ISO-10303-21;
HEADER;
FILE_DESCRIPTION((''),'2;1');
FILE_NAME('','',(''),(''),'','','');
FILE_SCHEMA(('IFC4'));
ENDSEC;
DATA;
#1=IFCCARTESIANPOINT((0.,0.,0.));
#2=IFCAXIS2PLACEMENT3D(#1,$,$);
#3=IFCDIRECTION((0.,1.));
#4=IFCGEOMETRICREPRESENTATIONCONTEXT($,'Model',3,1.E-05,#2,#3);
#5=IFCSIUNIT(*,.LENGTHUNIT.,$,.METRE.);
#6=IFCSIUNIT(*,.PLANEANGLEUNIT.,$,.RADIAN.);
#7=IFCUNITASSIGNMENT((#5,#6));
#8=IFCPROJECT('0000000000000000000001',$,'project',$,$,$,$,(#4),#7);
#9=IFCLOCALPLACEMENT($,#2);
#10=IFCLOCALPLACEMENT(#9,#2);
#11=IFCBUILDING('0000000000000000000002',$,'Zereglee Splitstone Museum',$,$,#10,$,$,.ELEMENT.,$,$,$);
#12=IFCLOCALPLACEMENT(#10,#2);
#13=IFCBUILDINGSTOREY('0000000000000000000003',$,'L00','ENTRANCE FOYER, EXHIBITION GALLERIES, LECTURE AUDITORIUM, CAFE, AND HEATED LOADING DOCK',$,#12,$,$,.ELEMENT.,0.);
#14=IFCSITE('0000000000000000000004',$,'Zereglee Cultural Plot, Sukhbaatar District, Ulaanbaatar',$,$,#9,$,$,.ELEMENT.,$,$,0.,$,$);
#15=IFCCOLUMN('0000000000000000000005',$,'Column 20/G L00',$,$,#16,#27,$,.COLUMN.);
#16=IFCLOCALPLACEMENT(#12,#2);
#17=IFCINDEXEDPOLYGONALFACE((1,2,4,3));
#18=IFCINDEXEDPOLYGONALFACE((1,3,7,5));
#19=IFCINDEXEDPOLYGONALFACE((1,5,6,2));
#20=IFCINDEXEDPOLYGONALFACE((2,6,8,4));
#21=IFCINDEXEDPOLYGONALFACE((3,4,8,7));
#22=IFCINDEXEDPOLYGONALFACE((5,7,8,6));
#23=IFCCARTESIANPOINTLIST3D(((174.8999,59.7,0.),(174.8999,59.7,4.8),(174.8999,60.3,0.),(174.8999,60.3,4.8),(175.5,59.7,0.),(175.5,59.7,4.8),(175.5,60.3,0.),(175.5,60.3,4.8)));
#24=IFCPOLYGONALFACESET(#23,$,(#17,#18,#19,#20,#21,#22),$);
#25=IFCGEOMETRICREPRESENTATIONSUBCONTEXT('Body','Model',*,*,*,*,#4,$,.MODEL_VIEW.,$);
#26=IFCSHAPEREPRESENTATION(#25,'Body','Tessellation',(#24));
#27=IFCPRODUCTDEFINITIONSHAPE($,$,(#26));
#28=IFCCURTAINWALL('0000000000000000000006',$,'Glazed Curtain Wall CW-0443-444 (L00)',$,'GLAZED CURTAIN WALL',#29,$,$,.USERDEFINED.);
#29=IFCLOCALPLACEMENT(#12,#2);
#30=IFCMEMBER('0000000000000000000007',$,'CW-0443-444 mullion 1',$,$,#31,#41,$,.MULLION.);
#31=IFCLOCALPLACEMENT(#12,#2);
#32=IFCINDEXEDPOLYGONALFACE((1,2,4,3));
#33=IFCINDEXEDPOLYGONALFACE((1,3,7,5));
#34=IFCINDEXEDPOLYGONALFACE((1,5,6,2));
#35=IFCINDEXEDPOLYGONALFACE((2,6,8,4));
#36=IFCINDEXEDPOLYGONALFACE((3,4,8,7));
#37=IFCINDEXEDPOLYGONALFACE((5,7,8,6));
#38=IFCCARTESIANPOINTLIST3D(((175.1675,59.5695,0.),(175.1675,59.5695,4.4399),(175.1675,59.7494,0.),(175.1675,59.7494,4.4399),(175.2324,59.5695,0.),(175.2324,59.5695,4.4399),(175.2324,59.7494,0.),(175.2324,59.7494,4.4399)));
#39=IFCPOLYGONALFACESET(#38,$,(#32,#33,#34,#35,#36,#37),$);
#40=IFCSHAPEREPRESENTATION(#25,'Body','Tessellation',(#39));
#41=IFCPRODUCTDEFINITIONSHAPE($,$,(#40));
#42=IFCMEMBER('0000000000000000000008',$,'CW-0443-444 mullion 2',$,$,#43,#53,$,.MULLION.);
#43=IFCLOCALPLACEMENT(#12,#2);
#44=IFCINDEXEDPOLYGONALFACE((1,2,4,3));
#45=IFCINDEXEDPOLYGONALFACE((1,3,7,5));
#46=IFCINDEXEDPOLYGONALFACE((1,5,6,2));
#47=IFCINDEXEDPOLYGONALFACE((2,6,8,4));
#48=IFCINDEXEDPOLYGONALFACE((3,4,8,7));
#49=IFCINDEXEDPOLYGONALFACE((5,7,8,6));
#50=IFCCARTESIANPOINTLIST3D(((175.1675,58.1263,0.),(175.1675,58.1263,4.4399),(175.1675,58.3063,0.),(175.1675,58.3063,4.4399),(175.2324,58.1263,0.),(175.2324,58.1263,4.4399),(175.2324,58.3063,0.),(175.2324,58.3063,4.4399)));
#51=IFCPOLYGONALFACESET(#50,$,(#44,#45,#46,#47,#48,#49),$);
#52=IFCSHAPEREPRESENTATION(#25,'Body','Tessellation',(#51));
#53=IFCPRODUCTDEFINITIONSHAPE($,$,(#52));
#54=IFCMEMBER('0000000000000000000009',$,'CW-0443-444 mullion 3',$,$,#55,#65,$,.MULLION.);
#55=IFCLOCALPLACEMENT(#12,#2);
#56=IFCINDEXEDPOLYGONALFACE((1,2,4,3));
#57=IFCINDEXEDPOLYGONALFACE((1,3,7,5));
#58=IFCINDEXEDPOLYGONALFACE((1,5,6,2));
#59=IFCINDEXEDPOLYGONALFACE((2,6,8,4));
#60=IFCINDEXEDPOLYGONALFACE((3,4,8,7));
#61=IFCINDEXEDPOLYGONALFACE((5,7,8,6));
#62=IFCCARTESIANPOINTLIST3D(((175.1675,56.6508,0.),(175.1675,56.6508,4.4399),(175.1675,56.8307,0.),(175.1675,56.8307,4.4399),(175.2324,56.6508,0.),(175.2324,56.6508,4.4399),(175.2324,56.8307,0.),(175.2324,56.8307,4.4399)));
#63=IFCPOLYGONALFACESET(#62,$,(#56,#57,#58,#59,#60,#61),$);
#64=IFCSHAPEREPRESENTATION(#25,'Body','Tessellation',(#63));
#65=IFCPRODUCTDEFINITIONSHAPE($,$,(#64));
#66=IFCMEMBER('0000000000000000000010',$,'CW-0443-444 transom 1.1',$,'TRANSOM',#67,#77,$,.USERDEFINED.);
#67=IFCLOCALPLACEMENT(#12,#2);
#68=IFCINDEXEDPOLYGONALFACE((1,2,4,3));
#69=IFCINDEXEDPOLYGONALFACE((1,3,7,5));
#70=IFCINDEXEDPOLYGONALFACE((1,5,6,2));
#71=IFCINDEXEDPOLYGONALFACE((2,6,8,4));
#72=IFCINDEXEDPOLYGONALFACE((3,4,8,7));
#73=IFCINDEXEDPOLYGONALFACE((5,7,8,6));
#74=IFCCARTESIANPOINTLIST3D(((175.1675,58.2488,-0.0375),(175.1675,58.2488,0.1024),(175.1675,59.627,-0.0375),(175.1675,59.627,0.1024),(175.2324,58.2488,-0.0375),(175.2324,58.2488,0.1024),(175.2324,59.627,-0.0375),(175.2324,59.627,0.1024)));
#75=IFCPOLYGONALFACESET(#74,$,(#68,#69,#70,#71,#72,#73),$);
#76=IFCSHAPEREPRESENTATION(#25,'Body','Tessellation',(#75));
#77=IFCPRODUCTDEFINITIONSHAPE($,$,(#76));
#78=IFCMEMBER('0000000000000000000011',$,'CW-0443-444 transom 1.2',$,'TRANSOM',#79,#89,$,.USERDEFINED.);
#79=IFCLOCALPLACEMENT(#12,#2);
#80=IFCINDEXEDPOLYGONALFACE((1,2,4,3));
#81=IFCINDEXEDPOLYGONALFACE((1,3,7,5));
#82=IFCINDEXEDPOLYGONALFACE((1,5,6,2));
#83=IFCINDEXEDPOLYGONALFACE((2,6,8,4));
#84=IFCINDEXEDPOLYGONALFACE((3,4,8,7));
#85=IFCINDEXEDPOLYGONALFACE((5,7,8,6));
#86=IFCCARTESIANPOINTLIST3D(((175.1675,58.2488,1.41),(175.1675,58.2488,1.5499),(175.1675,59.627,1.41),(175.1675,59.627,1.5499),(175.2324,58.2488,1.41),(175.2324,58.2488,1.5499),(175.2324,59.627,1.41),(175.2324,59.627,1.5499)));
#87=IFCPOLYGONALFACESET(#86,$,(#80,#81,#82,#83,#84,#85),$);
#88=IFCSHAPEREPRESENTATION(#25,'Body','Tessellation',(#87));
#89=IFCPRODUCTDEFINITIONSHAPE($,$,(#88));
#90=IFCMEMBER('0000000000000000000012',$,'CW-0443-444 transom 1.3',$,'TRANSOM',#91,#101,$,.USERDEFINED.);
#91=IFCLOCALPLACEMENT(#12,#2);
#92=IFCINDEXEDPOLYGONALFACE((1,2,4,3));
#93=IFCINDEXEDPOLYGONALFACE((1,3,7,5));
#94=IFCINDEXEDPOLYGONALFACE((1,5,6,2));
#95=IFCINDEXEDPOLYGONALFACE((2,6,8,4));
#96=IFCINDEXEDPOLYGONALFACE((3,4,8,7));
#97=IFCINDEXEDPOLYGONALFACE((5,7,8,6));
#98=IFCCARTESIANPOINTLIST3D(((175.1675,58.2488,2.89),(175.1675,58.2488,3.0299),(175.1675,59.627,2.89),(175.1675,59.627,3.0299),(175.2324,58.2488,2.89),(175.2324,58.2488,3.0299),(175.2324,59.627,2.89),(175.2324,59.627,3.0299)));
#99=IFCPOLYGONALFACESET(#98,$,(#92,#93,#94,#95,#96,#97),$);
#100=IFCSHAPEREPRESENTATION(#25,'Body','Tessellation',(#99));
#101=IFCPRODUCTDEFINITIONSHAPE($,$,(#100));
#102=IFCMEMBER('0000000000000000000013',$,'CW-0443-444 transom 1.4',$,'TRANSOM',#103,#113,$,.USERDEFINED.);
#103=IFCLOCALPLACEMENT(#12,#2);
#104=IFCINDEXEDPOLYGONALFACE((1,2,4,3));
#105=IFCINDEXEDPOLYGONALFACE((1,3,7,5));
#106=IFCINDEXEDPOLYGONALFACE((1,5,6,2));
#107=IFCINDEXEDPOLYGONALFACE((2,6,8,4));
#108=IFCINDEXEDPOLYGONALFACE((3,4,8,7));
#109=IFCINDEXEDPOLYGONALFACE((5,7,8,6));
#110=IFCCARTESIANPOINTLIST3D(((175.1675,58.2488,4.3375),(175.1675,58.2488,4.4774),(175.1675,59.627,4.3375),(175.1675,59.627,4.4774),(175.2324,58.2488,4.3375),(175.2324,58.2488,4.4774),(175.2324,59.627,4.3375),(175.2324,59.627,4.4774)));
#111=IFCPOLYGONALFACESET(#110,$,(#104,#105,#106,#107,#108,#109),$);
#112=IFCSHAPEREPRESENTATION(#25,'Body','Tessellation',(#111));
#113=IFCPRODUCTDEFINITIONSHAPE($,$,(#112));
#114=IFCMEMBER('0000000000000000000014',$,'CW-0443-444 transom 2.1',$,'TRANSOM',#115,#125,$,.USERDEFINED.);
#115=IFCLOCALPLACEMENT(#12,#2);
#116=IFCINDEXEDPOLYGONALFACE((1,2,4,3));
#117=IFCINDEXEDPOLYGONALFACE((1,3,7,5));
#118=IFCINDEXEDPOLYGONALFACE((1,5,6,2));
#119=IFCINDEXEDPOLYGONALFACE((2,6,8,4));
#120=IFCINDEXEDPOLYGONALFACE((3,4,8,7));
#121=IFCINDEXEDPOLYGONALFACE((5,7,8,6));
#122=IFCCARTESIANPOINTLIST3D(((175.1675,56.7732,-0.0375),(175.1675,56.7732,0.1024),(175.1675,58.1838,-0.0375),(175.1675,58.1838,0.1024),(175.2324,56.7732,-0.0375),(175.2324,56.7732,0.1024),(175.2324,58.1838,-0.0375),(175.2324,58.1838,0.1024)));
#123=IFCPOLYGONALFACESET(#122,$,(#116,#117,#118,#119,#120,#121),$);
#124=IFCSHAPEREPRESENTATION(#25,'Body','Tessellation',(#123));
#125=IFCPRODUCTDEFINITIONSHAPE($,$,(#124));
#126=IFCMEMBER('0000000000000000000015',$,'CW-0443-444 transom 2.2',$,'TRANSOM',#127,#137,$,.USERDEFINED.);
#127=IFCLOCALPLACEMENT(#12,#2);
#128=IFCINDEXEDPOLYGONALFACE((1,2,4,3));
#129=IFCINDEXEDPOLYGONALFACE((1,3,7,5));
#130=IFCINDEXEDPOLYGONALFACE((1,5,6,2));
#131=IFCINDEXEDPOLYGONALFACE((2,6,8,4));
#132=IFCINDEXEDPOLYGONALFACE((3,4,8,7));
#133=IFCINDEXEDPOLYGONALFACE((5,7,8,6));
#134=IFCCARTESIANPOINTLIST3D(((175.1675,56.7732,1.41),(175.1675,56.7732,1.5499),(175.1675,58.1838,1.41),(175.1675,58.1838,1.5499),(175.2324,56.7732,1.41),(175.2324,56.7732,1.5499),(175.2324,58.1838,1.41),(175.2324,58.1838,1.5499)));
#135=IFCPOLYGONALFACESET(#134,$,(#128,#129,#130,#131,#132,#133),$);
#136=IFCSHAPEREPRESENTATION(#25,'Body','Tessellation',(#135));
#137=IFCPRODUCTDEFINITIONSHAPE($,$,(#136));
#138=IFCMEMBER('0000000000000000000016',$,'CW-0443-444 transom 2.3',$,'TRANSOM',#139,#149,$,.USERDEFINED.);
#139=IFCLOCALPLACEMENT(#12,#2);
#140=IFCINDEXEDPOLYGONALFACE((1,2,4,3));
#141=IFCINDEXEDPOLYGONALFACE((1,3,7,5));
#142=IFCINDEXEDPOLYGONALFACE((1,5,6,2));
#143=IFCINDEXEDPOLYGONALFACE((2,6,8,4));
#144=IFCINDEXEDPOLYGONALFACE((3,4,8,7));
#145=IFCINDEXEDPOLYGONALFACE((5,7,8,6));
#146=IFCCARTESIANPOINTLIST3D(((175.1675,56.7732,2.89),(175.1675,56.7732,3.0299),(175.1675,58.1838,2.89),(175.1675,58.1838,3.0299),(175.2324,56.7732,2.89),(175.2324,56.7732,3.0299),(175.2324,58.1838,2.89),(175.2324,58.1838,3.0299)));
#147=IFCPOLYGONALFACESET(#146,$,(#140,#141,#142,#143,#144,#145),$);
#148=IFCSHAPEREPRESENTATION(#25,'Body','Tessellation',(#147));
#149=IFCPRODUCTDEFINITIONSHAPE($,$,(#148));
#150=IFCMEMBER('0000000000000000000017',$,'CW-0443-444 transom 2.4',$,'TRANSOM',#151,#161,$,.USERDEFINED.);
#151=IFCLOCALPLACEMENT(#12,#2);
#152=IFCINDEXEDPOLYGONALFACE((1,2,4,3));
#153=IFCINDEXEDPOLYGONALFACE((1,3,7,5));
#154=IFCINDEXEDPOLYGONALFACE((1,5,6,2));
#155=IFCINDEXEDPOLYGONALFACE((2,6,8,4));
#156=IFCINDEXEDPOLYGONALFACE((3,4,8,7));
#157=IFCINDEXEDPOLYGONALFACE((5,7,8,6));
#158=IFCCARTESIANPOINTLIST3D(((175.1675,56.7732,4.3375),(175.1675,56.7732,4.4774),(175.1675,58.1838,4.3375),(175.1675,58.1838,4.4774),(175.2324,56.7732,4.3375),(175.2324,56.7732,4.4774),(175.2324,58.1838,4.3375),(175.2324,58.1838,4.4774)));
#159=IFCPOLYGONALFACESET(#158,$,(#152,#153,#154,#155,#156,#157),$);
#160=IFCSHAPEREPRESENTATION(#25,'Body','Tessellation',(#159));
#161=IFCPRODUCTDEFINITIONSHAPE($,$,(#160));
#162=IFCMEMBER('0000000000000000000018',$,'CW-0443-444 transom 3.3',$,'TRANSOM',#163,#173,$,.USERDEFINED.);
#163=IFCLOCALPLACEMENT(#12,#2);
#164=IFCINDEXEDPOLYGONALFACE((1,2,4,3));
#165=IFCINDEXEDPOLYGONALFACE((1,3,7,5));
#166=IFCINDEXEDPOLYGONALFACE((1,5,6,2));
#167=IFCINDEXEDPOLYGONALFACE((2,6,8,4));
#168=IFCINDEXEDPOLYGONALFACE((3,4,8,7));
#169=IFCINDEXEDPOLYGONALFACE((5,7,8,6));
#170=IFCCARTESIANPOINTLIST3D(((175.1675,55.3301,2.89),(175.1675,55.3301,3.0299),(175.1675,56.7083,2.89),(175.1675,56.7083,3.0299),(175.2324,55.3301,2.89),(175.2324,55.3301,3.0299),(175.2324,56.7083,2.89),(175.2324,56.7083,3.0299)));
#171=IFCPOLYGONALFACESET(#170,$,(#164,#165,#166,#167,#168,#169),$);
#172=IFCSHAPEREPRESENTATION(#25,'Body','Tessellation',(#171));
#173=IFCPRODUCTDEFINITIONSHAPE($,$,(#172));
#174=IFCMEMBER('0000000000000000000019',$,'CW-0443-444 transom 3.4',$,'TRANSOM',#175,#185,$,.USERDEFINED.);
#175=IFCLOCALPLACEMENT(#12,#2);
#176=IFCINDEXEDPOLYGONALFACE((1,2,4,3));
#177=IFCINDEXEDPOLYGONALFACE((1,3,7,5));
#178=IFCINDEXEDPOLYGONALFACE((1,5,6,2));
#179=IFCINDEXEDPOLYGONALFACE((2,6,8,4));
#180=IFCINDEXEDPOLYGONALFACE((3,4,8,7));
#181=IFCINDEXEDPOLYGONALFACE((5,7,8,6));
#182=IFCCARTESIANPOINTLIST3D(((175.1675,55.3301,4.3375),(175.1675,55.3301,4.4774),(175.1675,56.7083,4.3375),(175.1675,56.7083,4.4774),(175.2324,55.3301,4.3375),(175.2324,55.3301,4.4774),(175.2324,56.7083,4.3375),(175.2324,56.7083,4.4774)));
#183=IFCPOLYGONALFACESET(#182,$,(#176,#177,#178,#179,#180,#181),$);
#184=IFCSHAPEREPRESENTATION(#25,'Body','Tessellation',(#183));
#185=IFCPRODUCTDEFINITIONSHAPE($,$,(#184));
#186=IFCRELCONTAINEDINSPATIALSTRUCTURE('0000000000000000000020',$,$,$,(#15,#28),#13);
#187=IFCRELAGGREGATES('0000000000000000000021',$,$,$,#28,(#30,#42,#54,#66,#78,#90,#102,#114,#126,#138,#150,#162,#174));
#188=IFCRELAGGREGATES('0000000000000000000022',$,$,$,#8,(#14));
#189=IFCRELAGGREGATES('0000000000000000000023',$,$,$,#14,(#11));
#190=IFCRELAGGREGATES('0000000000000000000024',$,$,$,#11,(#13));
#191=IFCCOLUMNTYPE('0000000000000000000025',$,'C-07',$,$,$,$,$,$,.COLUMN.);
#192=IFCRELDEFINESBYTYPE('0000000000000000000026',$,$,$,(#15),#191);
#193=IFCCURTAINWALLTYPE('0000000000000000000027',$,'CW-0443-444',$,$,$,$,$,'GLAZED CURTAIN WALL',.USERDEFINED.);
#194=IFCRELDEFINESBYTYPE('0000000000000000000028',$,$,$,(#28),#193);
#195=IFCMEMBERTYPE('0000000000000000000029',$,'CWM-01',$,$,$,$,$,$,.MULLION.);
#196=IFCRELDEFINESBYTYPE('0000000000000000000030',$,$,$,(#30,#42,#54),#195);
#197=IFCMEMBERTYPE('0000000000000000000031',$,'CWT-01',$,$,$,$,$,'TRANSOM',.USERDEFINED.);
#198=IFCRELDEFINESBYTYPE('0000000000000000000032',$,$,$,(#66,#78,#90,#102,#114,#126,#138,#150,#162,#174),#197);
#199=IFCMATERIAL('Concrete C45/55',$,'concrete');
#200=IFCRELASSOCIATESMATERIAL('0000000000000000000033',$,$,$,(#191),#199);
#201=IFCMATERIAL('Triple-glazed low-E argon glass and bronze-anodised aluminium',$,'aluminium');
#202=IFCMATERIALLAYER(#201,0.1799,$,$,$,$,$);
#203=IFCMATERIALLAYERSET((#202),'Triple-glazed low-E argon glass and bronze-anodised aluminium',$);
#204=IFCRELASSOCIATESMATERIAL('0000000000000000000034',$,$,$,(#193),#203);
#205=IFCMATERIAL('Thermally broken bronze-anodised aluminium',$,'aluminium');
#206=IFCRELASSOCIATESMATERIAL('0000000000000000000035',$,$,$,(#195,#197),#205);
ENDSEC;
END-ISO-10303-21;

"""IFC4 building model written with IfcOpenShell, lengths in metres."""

from ifc_helpers import new_model, si_unit, direction, frame, origin, origin_2d, place, context, subcontext, project, spatial, rectangle, extrude, material, layer, layer_set, material_profile, profile_set, type_object, element, aggregate, save


model = new_model("IFC4")

# Units and contexts
model_context = context("Model", 3, precision=1e-05, world=origin(), true_north=direction((0.0, 1.0)))
body_context = subcontext(model_context, "Body", "Model", "MODEL_VIEW")
ifc_project = project(units=[si_unit("LENGTHUNIT", "METRE"), si_unit("PLANEANGLEUNIT", "RADIAN")], contexts=[model_context])

# Site, building, storey
site_placement = place(None, origin())
site = spatial("IfcSite", under=ifc_project, at=site_placement, Name="Zereglee Cultural Plot, Sukhbaatar District, Ulaanbaatar", CompositionType="ELEMENT", RefElevation=0.0)
building_placement = place(site_placement, origin())
building = spatial("IfcBuilding", under=site, at=building_placement, Name="Zereglee Splitstone Museum", CompositionType="ELEMENT")
storey_placement = place(building_placement, origin())
storey = spatial("IfcBuildingStorey", under=building, at=storey_placement, Name="L00", Description="ENTRANCE FOYER, EXHIBITION GALLERIES, LECTURE AUDITORIUM, CAFE, AND HEATED LOADING DOCK", CompositionType="ELEMENT", Elevation=0.0)

# Column
ifc_material_1 = material(Name="Concrete C45/55", Category="concrete")
ifc_material_profile_1 = material_profile(ifc_material_1, rectangle(XDim=0.6001, YDim=0.6001, at=origin_2d()), Name="RC 600x600")
ifc_profile_set_1 = profile_set([ifc_material_profile_1], Name="Concrete C45/55")
column_type = type_object("IfcColumnType", Name="C-07", PredefinedType="COLUMN", material=ifc_profile_set_1)
column_placement = place(storey_placement, frame((175.2, 60.0, 0.0), z_axis=(0.0, 0.0, 1.0), x_axis=(1.0, 0.0, 0.0)))
element("IfcColumn", 1, at=column_placement, inside=storey, type_object=column_type, Name="Column 20/G L00", PredefinedType="COLUMN", context=body_context, shape_type="SweptSolid", body=[
    extrude(rectangle(XDim=0.6001, YDim=0.6001, at=origin_2d()), origin(), (0.0, 0.0, 1.0), 4.8),
])

# Curtain wall, members
ifc_material_2 = material(Name="Triple-glazed low-E argon glass and bronze-anodised aluminium", Category="aluminium")
ifc_layer_1 = layer(ifc_material_2, 0.1799)
ifc_layer_set_1 = layer_set([ifc_layer_1], Name="Triple-glazed low-E argon glass and bronze-anodised aluminium")
curtain_wall_type = type_object("IfcCurtainWallType", Name="CW-0443-444", ElementType="GLAZED CURTAIN WALL", PredefinedType="USERDEFINED", material=ifc_layer_set_1)
curtain_wall_placement = place(storey_placement, origin())
curtain_wall = element("IfcCurtainWall", 2, at=curtain_wall_placement, inside=storey, type_object=curtain_wall_type, Name="Glazed Curtain Wall CW-0443-444 (L00)", ObjectType="GLAZED CURTAIN WALL", PredefinedType="USERDEFINED")
ifc_material_3 = material(Name="Thermally broken bronze-anodised aluminium", Category="aluminium")
ifc_material_profile_2 = material_profile(ifc_material_3, rectangle(XDim=0.0649, YDim=0.1799, at=origin_2d()), Name="CW MULL 65x180")
ifc_profile_set_2 = profile_set([ifc_material_profile_2], Name="Thermally broken bronze-anodised aluminium")
member_type_1 = type_object("IfcMemberType", Name="CWM-01", PredefinedType="MULLION", material=ifc_profile_set_2)
member_1_placement = place(storey_placement, frame((175.2, 59.6594, 0.0), z_axis=(0.0, 0.0, 1.0), x_axis=(1.0, 0.0, 0.0)))
member_1 = element("IfcMember", 3, at=member_1_placement, type_object=member_type_1, Name="CW-0443-444 mullion 1", PredefinedType="MULLION", context=body_context, shape_type="SweptSolid", body=[
    extrude(rectangle(XDim=0.0649, YDim=0.1799, at=origin_2d()), origin(), (0.0, 0.0, 1.0), 4.4399),
])
member_2_placement = place(storey_placement, frame((175.2, 58.2163, 0.0), z_axis=(0.0, 0.0, 1.0), x_axis=(1.0, 0.0, 0.0)))
member_2 = element("IfcMember", 4, at=member_2_placement, type_object=member_type_1, Name="CW-0443-444 mullion 2", PredefinedType="MULLION", context=body_context, shape_type="SweptSolid", body=[
    extrude(rectangle(XDim=0.0649, YDim=0.1799, at=origin_2d()), origin(), (0.0, 0.0, 1.0), 4.4399),
])
member_3_placement = place(storey_placement, frame((175.2, 56.7407, 0.0), z_axis=(0.0, 0.0, 1.0), x_axis=(1.0, 0.0, 0.0)))
member_3 = element("IfcMember", 5, at=member_3_placement, type_object=member_type_1, Name="CW-0443-444 mullion 3", PredefinedType="MULLION", context=body_context, shape_type="SweptSolid", body=[
    extrude(rectangle(XDim=0.0649, YDim=0.1799, at=origin_2d()), origin(), (0.0, 0.0, 1.0), 4.4399),
])
ifc_material_profile_3 = material_profile(ifc_material_3, rectangle(XDim=0.0649, YDim=0.1399, at=origin_2d()), Name="CW TRAN 65x140")
ifc_profile_set_3 = profile_set([ifc_material_profile_3], Name="Thermally broken bronze-anodised aluminium")
member_type_2 = type_object("IfcMemberType", Name="CWT-01", ElementType="TRANSOM", PredefinedType="USERDEFINED", material=ifc_profile_set_3)
member_4_placement = place(storey_placement, frame((175.2, 59.627, 0.0325), z_axis=(0.0, -1.0, 0.0), x_axis=(1.0, 0.0, 0.0)))
member_4 = element("IfcMember", 6, at=member_4_placement, type_object=member_type_2, Name="CW-0443-444 transom 1.1", ObjectType="TRANSOM", PredefinedType="USERDEFINED", context=body_context, shape_type="SweptSolid", body=[
    extrude(rectangle(XDim=0.0649, YDim=0.1399, at=origin_2d()), origin(), (0.0, 0.0, 1.0), 1.3782),
])
member_5_placement = place(storey_placement, frame((175.2, 59.627, 1.48), z_axis=(0.0, -1.0, 0.0), x_axis=(1.0, 0.0, 0.0)))
member_5 = element("IfcMember", 7, at=member_5_placement, type_object=member_type_2, Name="CW-0443-444 transom 1.2", ObjectType="TRANSOM", PredefinedType="USERDEFINED", context=body_context, shape_type="SweptSolid", body=[
    extrude(rectangle(XDim=0.0649, YDim=0.1399, at=origin_2d()), origin(), (0.0, 0.0, 1.0), 1.3782),
])
member_6_placement = place(storey_placement, frame((175.2, 59.627, 2.96), z_axis=(0.0, -1.0, 0.0), x_axis=(1.0, 0.0, 0.0)))
member_6 = element("IfcMember", 8, at=member_6_placement, type_object=member_type_2, Name="CW-0443-444 transom 1.3", ObjectType="TRANSOM", PredefinedType="USERDEFINED", context=body_context, shape_type="SweptSolid", body=[
    extrude(rectangle(XDim=0.0649, YDim=0.1399, at=origin_2d()), origin(), (0.0, 0.0, 1.0), 1.3782),
])
member_7_placement = place(storey_placement, frame((175.2, 59.627, 4.4075), z_axis=(0.0, -1.0, 0.0), x_axis=(1.0, 0.0, 0.0)))
member_7 = element("IfcMember", 9, at=member_7_placement, type_object=member_type_2, Name="CW-0443-444 transom 1.4", ObjectType="TRANSOM", PredefinedType="USERDEFINED", context=body_context, shape_type="SweptSolid", body=[
    extrude(rectangle(XDim=0.0649, YDim=0.1399, at=origin_2d()), origin(), (0.0, 0.0, 1.0), 1.3782),
])
member_8_placement = place(storey_placement, frame((175.2, 58.1838, 0.0325), z_axis=(0.0, -1.0, 0.0), x_axis=(1.0, 0.0, 0.0)))
member_8 = element("IfcMember", 10, at=member_8_placement, type_object=member_type_2, Name="CW-0443-444 transom 2.1", ObjectType="TRANSOM", PredefinedType="USERDEFINED", context=body_context, shape_type="SweptSolid", body=[
    extrude(rectangle(XDim=0.0649, YDim=0.1399, at=origin_2d()), origin(), (0.0, 0.0, 1.0), 1.4106),
])
member_9_placement = place(storey_placement, frame((175.2, 58.1838, 1.48), z_axis=(0.0, -1.0, 0.0), x_axis=(1.0, 0.0, 0.0)))
member_9 = element("IfcMember", 11, at=member_9_placement, type_object=member_type_2, Name="CW-0443-444 transom 2.2", ObjectType="TRANSOM", PredefinedType="USERDEFINED", context=body_context, shape_type="SweptSolid", body=[
    extrude(rectangle(XDim=0.0649, YDim=0.1399, at=origin_2d()), origin(), (0.0, 0.0, 1.0), 1.4106),
])
member_10_placement = place(storey_placement, frame((175.2, 58.1838, 2.96), z_axis=(0.0, -1.0, 0.0), x_axis=(1.0, 0.0, 0.0)))
member_10 = element("IfcMember", 12, at=member_10_placement, type_object=member_type_2, Name="CW-0443-444 transom 2.3", ObjectType="TRANSOM", PredefinedType="USERDEFINED", context=body_context, shape_type="SweptSolid", body=[
    extrude(rectangle(XDim=0.0649, YDim=0.1399, at=origin_2d()), origin(), (0.0, 0.0, 1.0), 1.4106),
])
member_11_placement = place(storey_placement, frame((175.2, 58.1838, 4.4075), z_axis=(0.0, -1.0, 0.0), x_axis=(1.0, 0.0, 0.0)))
member_11 = element("IfcMember", 13, at=member_11_placement, type_object=member_type_2, Name="CW-0443-444 transom 2.4", ObjectType="TRANSOM", PredefinedType="USERDEFINED", context=body_context, shape_type="SweptSolid", body=[
    extrude(rectangle(XDim=0.0649, YDim=0.1399, at=origin_2d()), origin(), (0.0, 0.0, 1.0), 1.4106),
])
member_12_placement = place(storey_placement, frame((175.2, 56.7083, 2.96), z_axis=(0.0, -1.0, 0.0), x_axis=(1.0, 0.0, 0.0)))
member_12 = element("IfcMember", 14, at=member_12_placement, type_object=member_type_2, Name="CW-0443-444 transom 3.3", ObjectType="TRANSOM", PredefinedType="USERDEFINED", context=body_context, shape_type="SweptSolid", body=[
    extrude(rectangle(XDim=0.0649, YDim=0.1399, at=origin_2d()), origin(), (0.0, 0.0, 1.0), 1.3782),
])
member_13_placement = place(storey_placement, frame((175.2, 56.7083, 4.4075), z_axis=(0.0, -1.0, 0.0), x_axis=(1.0, 0.0, 0.0)))
member_13 = element("IfcMember", 15, at=member_13_placement, type_object=member_type_2, Name="CW-0443-444 transom 3.4", ObjectType="TRANSOM", PredefinedType="USERDEFINED", context=body_context, shape_type="SweptSolid", body=[
    extrude(rectangle(XDim=0.0649, YDim=0.1399, at=origin_2d()), origin(), (0.0, 0.0, 1.0), 1.3782),
])

aggregate(curtain_wall, [member_1, member_2, member_3, member_4, member_5, member_6, member_7, member_8, member_9, member_10, member_11, member_12, member_13])

save(model, "model.ifc")
